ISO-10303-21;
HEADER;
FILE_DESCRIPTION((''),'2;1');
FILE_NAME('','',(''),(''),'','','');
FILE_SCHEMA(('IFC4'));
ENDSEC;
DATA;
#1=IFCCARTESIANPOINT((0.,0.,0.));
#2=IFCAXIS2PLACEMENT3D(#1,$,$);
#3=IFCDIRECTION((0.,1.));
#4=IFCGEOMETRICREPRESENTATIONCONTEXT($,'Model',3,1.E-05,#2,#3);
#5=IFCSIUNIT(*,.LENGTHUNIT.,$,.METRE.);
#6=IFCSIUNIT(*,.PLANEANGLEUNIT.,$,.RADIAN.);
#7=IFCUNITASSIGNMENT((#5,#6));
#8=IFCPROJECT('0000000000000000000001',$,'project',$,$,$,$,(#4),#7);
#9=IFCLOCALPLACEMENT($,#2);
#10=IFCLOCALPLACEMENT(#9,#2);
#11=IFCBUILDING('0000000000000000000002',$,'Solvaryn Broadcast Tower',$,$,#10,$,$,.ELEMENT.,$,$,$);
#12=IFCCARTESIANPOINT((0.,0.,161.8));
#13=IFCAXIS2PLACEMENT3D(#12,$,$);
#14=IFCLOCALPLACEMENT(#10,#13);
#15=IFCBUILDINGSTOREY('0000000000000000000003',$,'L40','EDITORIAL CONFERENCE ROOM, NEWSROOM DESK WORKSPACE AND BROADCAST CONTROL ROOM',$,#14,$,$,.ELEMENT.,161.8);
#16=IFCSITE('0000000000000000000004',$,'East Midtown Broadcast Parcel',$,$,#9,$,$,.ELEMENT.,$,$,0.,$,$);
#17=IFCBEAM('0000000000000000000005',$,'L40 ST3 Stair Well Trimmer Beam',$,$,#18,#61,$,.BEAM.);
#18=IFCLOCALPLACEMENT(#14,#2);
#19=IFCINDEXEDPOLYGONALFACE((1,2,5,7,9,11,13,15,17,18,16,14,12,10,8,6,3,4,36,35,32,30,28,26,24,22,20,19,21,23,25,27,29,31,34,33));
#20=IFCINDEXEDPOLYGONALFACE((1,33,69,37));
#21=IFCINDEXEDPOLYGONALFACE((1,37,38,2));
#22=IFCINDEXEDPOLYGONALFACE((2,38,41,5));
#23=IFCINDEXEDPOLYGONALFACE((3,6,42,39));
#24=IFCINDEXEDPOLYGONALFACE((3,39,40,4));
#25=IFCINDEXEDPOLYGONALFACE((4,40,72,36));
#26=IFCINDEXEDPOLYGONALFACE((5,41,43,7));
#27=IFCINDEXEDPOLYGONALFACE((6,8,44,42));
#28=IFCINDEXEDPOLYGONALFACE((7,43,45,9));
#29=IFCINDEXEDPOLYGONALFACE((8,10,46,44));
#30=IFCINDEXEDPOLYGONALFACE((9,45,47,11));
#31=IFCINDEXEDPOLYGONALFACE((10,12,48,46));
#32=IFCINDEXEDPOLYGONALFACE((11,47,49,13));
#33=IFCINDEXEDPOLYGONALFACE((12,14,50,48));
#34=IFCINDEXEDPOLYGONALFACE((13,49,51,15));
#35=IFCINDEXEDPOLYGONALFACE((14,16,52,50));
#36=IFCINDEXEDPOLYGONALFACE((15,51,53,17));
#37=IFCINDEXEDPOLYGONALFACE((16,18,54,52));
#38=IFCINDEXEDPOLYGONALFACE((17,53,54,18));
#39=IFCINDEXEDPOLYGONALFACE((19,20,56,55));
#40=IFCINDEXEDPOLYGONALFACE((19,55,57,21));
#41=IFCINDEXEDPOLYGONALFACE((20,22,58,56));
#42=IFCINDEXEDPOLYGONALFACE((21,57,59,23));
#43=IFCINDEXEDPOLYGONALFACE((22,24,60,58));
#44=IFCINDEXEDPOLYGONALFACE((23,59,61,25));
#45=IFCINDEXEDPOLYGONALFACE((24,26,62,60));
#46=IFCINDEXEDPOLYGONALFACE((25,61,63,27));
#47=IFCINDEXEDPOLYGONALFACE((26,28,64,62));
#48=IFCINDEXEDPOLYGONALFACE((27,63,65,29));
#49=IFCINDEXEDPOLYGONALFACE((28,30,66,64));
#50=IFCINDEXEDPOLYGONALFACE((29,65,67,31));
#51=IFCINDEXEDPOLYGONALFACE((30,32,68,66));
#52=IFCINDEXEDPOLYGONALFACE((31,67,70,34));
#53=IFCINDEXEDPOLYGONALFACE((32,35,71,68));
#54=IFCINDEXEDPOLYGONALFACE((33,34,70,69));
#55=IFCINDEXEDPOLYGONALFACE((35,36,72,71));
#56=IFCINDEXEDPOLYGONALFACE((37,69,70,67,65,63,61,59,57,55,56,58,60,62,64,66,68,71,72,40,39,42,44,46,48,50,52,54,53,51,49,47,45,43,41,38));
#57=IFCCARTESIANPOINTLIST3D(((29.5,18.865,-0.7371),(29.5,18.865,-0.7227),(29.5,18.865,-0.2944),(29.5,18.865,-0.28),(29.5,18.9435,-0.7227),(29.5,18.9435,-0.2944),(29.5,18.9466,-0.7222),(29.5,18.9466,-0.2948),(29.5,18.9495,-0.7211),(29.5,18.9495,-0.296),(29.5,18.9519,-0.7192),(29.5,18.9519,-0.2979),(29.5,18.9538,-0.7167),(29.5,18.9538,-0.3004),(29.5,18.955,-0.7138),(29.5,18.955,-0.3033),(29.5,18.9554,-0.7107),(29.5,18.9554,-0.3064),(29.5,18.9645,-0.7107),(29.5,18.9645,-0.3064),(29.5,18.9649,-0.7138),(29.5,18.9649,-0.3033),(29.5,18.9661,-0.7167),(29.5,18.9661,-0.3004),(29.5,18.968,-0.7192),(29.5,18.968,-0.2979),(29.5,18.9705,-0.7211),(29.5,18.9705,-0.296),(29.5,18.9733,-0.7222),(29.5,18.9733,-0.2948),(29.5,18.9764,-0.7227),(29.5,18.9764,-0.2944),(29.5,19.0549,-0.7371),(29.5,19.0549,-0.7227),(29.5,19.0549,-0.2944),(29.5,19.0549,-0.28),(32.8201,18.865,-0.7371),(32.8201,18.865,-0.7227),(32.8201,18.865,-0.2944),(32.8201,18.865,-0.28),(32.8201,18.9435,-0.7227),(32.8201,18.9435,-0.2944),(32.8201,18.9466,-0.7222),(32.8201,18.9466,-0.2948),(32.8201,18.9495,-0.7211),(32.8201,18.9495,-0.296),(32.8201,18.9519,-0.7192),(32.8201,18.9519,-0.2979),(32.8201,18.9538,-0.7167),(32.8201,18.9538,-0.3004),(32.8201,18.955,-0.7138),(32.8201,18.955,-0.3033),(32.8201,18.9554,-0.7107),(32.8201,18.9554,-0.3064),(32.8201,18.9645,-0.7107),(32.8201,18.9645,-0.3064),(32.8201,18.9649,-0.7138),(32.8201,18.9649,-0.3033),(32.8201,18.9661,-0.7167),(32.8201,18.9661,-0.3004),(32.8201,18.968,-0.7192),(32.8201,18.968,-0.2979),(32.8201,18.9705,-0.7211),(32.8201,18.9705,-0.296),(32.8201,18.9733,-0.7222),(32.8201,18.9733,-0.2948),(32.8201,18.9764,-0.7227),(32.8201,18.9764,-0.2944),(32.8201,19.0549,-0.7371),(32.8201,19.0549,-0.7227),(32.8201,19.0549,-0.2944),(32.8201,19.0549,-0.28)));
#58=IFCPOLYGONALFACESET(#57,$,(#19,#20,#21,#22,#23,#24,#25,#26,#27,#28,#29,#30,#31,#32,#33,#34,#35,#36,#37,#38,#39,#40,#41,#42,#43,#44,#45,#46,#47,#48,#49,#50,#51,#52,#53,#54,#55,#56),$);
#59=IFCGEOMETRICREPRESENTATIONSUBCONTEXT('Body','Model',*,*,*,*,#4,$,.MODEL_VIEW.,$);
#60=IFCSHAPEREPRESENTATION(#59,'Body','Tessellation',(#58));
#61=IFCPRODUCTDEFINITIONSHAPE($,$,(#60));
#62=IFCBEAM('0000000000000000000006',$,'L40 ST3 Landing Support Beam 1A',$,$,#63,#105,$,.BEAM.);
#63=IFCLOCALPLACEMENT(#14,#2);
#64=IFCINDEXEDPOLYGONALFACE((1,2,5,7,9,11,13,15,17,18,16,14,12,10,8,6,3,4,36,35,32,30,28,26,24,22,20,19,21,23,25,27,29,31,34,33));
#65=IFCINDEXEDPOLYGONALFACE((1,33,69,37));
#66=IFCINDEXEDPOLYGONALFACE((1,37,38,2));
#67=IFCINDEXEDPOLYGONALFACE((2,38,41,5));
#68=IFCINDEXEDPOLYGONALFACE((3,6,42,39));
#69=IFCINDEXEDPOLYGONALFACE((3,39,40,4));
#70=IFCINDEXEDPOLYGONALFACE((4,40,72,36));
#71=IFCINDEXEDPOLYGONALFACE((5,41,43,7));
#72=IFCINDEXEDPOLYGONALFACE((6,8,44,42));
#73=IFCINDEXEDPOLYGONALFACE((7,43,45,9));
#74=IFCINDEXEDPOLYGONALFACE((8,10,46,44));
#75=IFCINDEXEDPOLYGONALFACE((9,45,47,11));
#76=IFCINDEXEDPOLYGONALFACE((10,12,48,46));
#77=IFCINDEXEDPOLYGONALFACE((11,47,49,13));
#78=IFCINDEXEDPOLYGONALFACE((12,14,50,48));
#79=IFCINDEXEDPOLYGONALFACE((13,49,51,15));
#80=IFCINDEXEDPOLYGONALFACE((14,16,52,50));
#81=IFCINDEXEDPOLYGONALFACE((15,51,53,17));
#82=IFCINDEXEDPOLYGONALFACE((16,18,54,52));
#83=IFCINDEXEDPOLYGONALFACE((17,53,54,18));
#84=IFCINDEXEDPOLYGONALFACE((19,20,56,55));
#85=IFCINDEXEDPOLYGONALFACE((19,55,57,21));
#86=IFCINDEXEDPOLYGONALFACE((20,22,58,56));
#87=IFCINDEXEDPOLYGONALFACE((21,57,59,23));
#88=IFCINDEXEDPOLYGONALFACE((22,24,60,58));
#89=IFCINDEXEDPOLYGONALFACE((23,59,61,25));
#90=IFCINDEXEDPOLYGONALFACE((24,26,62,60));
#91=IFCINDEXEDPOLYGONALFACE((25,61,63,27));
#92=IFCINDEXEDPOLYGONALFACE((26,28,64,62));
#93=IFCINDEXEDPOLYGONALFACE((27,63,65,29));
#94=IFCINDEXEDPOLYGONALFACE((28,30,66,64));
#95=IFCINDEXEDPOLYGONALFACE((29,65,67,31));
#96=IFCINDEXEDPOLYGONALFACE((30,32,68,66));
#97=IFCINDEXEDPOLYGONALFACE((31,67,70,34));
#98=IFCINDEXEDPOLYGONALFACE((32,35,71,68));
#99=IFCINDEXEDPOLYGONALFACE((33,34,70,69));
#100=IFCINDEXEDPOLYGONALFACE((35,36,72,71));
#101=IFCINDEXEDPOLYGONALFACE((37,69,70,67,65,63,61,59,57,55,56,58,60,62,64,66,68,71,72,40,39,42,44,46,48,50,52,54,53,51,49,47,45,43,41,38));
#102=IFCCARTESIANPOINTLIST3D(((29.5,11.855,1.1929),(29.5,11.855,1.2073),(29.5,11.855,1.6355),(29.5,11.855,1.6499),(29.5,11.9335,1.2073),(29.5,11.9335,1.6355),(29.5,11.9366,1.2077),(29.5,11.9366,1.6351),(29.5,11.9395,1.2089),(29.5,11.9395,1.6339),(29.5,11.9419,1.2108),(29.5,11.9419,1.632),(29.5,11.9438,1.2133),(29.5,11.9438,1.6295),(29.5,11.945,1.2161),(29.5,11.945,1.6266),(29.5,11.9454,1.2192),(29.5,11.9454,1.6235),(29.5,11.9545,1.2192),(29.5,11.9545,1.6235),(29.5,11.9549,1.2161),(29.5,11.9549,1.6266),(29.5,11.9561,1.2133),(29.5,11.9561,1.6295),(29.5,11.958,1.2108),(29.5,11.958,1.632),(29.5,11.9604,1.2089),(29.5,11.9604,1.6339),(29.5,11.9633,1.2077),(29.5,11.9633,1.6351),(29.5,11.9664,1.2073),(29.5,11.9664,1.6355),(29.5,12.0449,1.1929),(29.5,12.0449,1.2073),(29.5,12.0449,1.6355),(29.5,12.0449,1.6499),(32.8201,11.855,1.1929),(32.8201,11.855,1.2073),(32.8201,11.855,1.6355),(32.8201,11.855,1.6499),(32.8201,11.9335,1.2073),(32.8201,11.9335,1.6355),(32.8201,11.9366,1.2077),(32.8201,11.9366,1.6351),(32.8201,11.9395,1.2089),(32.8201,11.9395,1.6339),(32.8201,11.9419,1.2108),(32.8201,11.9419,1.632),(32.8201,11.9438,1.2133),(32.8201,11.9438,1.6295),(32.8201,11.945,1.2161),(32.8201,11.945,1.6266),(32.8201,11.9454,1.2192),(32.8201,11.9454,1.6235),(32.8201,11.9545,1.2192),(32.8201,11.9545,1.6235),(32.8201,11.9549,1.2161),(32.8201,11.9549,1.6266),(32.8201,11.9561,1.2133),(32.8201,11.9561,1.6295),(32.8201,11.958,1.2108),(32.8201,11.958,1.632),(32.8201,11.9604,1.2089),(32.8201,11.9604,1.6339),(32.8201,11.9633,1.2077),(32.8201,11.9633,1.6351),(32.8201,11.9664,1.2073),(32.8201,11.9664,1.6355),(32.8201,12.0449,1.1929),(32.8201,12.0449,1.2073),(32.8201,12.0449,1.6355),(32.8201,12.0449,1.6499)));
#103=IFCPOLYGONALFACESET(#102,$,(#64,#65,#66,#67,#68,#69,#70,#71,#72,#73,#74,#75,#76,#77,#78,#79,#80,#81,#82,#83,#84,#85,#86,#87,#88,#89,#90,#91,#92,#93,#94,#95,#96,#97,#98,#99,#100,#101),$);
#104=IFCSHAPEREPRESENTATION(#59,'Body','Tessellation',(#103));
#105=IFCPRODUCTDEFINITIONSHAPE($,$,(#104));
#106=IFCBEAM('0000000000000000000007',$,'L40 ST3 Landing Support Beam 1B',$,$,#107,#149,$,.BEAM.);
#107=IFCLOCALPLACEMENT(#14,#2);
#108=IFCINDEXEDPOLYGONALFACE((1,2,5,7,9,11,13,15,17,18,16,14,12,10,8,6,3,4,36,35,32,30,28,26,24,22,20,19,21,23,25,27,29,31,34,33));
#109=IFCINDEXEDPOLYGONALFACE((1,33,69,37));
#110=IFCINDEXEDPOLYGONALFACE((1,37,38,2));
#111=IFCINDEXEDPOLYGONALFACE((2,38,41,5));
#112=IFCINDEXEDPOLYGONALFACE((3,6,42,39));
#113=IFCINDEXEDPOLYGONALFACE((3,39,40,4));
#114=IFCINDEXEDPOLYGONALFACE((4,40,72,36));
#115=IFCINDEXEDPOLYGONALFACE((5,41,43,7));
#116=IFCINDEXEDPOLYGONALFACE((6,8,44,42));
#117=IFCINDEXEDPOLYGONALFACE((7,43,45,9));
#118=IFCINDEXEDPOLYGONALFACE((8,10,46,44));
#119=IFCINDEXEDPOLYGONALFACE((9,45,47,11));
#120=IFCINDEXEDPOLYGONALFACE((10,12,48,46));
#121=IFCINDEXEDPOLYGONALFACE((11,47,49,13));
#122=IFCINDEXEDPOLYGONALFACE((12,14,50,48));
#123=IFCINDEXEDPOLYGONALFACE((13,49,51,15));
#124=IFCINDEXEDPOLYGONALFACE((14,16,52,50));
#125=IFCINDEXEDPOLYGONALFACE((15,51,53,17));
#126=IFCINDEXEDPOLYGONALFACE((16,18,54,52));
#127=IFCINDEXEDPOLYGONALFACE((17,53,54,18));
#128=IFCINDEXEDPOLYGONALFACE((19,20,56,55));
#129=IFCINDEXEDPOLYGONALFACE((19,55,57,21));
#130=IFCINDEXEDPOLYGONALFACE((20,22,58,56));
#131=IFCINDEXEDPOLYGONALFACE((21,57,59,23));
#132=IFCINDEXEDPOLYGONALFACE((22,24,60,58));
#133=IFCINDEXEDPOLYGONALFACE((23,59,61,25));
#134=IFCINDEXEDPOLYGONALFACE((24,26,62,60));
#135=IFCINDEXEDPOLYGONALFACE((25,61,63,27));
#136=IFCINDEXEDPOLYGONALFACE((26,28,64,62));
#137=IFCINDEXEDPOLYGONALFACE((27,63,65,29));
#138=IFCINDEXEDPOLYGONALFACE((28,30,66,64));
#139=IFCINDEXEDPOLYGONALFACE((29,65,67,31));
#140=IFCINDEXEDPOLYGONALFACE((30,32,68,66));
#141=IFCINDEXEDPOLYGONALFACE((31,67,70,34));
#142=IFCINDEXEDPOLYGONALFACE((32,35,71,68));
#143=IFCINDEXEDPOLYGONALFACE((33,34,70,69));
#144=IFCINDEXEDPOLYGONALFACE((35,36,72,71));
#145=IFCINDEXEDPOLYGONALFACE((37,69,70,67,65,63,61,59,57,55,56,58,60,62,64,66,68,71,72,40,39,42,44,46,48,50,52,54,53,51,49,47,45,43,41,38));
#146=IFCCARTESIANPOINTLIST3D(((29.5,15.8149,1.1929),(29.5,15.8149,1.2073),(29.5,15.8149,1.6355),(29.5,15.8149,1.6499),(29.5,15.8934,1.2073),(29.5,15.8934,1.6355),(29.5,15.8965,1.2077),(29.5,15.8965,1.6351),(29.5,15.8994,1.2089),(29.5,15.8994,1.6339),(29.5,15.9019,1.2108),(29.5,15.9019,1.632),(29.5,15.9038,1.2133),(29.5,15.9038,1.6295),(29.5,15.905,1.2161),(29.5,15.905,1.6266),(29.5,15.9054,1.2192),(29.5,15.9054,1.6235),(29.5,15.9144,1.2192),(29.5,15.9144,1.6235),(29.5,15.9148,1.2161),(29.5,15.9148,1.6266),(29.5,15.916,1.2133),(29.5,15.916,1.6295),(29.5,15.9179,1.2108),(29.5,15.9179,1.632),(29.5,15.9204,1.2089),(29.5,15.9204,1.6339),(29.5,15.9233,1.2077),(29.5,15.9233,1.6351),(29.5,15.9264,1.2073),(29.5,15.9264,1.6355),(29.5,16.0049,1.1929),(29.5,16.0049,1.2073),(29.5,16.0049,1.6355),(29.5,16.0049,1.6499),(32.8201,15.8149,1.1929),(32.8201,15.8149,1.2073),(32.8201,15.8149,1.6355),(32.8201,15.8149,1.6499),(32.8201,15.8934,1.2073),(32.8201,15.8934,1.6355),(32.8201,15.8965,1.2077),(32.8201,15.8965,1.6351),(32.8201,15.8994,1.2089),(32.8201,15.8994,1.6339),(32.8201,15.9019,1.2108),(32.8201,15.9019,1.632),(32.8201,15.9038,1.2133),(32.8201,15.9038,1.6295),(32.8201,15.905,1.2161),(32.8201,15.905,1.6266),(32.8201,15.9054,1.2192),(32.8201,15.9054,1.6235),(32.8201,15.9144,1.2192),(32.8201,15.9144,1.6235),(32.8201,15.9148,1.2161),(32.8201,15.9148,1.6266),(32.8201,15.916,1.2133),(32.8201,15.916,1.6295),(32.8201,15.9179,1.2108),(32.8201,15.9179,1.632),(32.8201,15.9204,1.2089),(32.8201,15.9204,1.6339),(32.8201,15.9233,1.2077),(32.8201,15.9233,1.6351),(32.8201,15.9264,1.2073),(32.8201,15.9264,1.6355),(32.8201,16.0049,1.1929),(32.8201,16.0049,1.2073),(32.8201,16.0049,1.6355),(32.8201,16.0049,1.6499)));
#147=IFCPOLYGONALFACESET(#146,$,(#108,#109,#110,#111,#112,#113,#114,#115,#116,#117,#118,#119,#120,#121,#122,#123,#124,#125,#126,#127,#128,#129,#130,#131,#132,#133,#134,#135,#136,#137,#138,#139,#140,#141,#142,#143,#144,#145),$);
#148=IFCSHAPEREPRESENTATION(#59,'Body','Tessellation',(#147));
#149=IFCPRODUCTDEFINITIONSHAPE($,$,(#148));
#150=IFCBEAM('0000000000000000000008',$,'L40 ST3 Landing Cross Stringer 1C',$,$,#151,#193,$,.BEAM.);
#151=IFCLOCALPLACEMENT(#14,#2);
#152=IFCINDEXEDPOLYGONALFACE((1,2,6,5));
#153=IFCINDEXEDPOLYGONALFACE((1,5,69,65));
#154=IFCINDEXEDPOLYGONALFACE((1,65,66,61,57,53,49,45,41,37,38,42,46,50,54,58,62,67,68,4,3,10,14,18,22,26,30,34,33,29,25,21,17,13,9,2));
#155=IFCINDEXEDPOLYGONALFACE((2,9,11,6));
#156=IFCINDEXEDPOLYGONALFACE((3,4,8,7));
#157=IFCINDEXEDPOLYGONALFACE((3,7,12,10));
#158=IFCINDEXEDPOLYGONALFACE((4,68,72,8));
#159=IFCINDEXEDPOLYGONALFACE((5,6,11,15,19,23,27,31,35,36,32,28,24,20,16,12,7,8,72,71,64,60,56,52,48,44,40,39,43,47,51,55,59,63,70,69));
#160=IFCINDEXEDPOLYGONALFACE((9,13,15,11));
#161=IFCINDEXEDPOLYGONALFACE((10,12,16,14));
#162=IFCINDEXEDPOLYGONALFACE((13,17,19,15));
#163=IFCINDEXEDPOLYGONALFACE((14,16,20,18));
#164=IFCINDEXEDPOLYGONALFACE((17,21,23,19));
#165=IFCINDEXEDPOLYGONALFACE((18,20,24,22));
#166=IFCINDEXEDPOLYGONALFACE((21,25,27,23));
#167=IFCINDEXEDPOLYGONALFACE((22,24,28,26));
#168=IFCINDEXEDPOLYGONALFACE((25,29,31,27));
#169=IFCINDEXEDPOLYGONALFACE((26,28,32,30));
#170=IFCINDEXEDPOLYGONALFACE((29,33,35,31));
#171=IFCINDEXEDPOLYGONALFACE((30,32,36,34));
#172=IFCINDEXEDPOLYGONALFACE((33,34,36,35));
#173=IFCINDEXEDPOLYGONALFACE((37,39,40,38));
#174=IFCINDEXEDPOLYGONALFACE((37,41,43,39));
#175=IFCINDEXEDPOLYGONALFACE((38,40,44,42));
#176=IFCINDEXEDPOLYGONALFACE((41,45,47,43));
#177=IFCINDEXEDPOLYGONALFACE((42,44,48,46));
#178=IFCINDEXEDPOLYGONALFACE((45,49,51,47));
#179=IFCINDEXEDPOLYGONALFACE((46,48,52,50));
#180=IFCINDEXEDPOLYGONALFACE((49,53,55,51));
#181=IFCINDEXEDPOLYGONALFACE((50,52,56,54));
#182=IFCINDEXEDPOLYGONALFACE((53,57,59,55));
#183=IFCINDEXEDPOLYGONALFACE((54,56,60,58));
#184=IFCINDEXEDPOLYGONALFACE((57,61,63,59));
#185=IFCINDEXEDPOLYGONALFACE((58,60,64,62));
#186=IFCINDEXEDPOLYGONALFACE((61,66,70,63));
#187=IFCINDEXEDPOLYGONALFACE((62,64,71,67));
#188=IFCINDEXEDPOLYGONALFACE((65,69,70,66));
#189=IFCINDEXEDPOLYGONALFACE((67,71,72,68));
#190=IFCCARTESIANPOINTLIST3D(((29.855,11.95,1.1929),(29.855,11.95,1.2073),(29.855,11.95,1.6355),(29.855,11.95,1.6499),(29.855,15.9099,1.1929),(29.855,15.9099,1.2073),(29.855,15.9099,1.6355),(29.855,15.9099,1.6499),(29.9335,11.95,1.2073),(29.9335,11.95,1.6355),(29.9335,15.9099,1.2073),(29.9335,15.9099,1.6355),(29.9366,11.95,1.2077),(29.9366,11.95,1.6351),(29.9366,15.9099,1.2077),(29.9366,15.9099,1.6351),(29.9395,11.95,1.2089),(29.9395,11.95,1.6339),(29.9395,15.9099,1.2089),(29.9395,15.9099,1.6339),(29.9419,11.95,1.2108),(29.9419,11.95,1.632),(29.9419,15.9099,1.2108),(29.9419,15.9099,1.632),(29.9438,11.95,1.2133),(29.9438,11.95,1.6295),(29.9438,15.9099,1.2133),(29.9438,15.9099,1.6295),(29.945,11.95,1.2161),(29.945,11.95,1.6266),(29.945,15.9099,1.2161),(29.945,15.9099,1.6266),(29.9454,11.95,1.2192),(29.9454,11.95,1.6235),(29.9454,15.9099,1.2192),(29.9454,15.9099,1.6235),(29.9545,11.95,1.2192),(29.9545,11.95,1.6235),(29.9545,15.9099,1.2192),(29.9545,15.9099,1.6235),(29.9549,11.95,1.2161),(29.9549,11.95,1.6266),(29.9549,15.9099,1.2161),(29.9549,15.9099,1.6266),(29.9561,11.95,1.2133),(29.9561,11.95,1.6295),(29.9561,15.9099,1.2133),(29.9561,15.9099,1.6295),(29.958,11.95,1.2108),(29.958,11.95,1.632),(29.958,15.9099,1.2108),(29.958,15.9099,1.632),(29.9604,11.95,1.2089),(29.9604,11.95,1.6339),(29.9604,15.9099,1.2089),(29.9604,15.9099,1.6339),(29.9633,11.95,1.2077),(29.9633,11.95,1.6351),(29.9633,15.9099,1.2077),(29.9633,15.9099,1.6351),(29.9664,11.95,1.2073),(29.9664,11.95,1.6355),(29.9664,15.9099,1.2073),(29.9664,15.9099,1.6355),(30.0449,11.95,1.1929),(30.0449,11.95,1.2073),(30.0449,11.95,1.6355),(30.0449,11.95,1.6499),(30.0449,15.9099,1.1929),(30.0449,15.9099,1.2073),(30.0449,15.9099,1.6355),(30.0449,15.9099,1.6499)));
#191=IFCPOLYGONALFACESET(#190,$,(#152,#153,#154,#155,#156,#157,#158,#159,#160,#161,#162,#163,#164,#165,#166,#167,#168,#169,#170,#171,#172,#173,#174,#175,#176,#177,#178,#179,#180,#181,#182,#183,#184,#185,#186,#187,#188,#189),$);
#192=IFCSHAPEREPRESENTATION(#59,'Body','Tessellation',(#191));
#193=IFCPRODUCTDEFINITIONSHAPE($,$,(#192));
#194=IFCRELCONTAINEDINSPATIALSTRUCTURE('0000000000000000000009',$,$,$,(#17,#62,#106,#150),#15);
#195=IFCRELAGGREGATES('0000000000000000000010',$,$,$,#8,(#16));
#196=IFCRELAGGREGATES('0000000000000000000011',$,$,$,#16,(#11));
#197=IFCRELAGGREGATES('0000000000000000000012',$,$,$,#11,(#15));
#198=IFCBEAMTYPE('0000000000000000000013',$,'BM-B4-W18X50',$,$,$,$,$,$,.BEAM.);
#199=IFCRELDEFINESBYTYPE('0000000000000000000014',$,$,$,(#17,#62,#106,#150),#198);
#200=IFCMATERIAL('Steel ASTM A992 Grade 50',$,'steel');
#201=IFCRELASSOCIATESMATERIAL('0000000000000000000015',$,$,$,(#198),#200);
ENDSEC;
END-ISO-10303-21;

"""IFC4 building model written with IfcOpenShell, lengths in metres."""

from ifc_helpers import new_model, si_unit, direction, frame, origin, origin_2d, place, context, subcontext, project, spatial, i_section, extrude, material, material_profile, profile_set, type_object, element, save


model = new_model("IFC4")

# Units and contexts
model_context = context("Model", 3, precision=1e-05, world=origin(), true_north=direction((0.0, 1.0)))
body_context = subcontext(model_context, "Body", "Model", "MODEL_VIEW")
ifc_project = project(units=[si_unit("LENGTHUNIT", "METRE"), si_unit("PLANEANGLEUNIT", "RADIAN")], contexts=[model_context])

# Site, building, storey
site_placement = place(None, origin())
site = spatial("IfcSite", under=ifc_project, at=site_placement, Name="East Midtown Broadcast Parcel", CompositionType="ELEMENT", RefElevation=0.0)
building_placement = place(site_placement, origin())
building = spatial("IfcBuilding", under=site, at=building_placement, Name="Solvaryn Broadcast Tower", CompositionType="ELEMENT")
storey_placement = place(building_placement, frame((0.0, 0.0, 161.8)))
storey = spatial("IfcBuildingStorey", under=building, at=storey_placement, Name="L40", Description="EDITORIAL CONFERENCE ROOM, NEWSROOM DESK WORKSPACE AND BROADCAST CONTROL ROOM", CompositionType="ELEMENT", Elevation=161.8)

# Beams
ifc_material_1 = material(Name="Steel ASTM A992 Grade 50", Category="steel")
ifc_material_profile_1 = material_profile(ifc_material_1, i_section(OverallWidth=0.1899, OverallDepth=0.457, WebThickness=0.009, FlangeThickness=0.0144, FilletRadius=0.012, at=origin_2d()))
ifc_profile_set_1 = profile_set([ifc_material_profile_1], Name="Steel ASTM A992 Grade 50")
beam_type_1 = type_object("IfcBeamType", Name="BM-B4-W18X50", PredefinedType="BEAM", material=ifc_profile_set_1)
for number, where, z_axis, x_axis, name in (
    (1, (29.5, 18.96, -0.5085), (1.0, 0.0, 0.0), (0.0, 1.0, 0.0), "L40 ST3 Stair Well Trimmer Beam"),
    (2, (29.5, 11.95, 1.4214), (1.0, 0.0, 0.0), (0.0, 1.0, 0.0), "L40 ST3 Landing Support Beam 1A"),
    (3, (29.5, 15.9099, 1.4214), (1.0, 0.0, 0.0), (0.0, 1.0, 0.0), "L40 ST3 Landing Support Beam 1B"),
):
    element("IfcBeam", number, at=place(storey_placement, frame(where, z_axis=z_axis, x_axis=x_axis)), inside=storey, type_object=beam_type_1, Name=name, PredefinedType="BEAM", context=body_context, shape_type="SweptSolid", body=[
        extrude(i_section(OverallWidth=0.1899, OverallDepth=0.457, WebThickness=0.009, FlangeThickness=0.0144, FilletRadius=0.012, at=origin_2d()), origin(), (0.0, 0.0, 1.0), 3.3201),
    ])
beam_1_placement = place(storey_placement, frame((29.95, 11.95, 1.4214), z_axis=(0.0, 1.0, 0.0), x_axis=(-1.0, 0.0, 0.0)))
element("IfcBeam", 4, at=beam_1_placement, inside=storey, type_object=beam_type_1, Name="L40 ST3 Landing Cross Stringer 1C", PredefinedType="BEAM", context=body_context, shape_type="SweptSolid", body=[
    extrude(i_section(OverallWidth=0.1899, OverallDepth=0.457, WebThickness=0.009, FlangeThickness=0.0144, FilletRadius=0.012, at=origin_2d()), origin(), (0.0, 0.0, 1.0), 3.96),
])

save(model, "model.ifc")
